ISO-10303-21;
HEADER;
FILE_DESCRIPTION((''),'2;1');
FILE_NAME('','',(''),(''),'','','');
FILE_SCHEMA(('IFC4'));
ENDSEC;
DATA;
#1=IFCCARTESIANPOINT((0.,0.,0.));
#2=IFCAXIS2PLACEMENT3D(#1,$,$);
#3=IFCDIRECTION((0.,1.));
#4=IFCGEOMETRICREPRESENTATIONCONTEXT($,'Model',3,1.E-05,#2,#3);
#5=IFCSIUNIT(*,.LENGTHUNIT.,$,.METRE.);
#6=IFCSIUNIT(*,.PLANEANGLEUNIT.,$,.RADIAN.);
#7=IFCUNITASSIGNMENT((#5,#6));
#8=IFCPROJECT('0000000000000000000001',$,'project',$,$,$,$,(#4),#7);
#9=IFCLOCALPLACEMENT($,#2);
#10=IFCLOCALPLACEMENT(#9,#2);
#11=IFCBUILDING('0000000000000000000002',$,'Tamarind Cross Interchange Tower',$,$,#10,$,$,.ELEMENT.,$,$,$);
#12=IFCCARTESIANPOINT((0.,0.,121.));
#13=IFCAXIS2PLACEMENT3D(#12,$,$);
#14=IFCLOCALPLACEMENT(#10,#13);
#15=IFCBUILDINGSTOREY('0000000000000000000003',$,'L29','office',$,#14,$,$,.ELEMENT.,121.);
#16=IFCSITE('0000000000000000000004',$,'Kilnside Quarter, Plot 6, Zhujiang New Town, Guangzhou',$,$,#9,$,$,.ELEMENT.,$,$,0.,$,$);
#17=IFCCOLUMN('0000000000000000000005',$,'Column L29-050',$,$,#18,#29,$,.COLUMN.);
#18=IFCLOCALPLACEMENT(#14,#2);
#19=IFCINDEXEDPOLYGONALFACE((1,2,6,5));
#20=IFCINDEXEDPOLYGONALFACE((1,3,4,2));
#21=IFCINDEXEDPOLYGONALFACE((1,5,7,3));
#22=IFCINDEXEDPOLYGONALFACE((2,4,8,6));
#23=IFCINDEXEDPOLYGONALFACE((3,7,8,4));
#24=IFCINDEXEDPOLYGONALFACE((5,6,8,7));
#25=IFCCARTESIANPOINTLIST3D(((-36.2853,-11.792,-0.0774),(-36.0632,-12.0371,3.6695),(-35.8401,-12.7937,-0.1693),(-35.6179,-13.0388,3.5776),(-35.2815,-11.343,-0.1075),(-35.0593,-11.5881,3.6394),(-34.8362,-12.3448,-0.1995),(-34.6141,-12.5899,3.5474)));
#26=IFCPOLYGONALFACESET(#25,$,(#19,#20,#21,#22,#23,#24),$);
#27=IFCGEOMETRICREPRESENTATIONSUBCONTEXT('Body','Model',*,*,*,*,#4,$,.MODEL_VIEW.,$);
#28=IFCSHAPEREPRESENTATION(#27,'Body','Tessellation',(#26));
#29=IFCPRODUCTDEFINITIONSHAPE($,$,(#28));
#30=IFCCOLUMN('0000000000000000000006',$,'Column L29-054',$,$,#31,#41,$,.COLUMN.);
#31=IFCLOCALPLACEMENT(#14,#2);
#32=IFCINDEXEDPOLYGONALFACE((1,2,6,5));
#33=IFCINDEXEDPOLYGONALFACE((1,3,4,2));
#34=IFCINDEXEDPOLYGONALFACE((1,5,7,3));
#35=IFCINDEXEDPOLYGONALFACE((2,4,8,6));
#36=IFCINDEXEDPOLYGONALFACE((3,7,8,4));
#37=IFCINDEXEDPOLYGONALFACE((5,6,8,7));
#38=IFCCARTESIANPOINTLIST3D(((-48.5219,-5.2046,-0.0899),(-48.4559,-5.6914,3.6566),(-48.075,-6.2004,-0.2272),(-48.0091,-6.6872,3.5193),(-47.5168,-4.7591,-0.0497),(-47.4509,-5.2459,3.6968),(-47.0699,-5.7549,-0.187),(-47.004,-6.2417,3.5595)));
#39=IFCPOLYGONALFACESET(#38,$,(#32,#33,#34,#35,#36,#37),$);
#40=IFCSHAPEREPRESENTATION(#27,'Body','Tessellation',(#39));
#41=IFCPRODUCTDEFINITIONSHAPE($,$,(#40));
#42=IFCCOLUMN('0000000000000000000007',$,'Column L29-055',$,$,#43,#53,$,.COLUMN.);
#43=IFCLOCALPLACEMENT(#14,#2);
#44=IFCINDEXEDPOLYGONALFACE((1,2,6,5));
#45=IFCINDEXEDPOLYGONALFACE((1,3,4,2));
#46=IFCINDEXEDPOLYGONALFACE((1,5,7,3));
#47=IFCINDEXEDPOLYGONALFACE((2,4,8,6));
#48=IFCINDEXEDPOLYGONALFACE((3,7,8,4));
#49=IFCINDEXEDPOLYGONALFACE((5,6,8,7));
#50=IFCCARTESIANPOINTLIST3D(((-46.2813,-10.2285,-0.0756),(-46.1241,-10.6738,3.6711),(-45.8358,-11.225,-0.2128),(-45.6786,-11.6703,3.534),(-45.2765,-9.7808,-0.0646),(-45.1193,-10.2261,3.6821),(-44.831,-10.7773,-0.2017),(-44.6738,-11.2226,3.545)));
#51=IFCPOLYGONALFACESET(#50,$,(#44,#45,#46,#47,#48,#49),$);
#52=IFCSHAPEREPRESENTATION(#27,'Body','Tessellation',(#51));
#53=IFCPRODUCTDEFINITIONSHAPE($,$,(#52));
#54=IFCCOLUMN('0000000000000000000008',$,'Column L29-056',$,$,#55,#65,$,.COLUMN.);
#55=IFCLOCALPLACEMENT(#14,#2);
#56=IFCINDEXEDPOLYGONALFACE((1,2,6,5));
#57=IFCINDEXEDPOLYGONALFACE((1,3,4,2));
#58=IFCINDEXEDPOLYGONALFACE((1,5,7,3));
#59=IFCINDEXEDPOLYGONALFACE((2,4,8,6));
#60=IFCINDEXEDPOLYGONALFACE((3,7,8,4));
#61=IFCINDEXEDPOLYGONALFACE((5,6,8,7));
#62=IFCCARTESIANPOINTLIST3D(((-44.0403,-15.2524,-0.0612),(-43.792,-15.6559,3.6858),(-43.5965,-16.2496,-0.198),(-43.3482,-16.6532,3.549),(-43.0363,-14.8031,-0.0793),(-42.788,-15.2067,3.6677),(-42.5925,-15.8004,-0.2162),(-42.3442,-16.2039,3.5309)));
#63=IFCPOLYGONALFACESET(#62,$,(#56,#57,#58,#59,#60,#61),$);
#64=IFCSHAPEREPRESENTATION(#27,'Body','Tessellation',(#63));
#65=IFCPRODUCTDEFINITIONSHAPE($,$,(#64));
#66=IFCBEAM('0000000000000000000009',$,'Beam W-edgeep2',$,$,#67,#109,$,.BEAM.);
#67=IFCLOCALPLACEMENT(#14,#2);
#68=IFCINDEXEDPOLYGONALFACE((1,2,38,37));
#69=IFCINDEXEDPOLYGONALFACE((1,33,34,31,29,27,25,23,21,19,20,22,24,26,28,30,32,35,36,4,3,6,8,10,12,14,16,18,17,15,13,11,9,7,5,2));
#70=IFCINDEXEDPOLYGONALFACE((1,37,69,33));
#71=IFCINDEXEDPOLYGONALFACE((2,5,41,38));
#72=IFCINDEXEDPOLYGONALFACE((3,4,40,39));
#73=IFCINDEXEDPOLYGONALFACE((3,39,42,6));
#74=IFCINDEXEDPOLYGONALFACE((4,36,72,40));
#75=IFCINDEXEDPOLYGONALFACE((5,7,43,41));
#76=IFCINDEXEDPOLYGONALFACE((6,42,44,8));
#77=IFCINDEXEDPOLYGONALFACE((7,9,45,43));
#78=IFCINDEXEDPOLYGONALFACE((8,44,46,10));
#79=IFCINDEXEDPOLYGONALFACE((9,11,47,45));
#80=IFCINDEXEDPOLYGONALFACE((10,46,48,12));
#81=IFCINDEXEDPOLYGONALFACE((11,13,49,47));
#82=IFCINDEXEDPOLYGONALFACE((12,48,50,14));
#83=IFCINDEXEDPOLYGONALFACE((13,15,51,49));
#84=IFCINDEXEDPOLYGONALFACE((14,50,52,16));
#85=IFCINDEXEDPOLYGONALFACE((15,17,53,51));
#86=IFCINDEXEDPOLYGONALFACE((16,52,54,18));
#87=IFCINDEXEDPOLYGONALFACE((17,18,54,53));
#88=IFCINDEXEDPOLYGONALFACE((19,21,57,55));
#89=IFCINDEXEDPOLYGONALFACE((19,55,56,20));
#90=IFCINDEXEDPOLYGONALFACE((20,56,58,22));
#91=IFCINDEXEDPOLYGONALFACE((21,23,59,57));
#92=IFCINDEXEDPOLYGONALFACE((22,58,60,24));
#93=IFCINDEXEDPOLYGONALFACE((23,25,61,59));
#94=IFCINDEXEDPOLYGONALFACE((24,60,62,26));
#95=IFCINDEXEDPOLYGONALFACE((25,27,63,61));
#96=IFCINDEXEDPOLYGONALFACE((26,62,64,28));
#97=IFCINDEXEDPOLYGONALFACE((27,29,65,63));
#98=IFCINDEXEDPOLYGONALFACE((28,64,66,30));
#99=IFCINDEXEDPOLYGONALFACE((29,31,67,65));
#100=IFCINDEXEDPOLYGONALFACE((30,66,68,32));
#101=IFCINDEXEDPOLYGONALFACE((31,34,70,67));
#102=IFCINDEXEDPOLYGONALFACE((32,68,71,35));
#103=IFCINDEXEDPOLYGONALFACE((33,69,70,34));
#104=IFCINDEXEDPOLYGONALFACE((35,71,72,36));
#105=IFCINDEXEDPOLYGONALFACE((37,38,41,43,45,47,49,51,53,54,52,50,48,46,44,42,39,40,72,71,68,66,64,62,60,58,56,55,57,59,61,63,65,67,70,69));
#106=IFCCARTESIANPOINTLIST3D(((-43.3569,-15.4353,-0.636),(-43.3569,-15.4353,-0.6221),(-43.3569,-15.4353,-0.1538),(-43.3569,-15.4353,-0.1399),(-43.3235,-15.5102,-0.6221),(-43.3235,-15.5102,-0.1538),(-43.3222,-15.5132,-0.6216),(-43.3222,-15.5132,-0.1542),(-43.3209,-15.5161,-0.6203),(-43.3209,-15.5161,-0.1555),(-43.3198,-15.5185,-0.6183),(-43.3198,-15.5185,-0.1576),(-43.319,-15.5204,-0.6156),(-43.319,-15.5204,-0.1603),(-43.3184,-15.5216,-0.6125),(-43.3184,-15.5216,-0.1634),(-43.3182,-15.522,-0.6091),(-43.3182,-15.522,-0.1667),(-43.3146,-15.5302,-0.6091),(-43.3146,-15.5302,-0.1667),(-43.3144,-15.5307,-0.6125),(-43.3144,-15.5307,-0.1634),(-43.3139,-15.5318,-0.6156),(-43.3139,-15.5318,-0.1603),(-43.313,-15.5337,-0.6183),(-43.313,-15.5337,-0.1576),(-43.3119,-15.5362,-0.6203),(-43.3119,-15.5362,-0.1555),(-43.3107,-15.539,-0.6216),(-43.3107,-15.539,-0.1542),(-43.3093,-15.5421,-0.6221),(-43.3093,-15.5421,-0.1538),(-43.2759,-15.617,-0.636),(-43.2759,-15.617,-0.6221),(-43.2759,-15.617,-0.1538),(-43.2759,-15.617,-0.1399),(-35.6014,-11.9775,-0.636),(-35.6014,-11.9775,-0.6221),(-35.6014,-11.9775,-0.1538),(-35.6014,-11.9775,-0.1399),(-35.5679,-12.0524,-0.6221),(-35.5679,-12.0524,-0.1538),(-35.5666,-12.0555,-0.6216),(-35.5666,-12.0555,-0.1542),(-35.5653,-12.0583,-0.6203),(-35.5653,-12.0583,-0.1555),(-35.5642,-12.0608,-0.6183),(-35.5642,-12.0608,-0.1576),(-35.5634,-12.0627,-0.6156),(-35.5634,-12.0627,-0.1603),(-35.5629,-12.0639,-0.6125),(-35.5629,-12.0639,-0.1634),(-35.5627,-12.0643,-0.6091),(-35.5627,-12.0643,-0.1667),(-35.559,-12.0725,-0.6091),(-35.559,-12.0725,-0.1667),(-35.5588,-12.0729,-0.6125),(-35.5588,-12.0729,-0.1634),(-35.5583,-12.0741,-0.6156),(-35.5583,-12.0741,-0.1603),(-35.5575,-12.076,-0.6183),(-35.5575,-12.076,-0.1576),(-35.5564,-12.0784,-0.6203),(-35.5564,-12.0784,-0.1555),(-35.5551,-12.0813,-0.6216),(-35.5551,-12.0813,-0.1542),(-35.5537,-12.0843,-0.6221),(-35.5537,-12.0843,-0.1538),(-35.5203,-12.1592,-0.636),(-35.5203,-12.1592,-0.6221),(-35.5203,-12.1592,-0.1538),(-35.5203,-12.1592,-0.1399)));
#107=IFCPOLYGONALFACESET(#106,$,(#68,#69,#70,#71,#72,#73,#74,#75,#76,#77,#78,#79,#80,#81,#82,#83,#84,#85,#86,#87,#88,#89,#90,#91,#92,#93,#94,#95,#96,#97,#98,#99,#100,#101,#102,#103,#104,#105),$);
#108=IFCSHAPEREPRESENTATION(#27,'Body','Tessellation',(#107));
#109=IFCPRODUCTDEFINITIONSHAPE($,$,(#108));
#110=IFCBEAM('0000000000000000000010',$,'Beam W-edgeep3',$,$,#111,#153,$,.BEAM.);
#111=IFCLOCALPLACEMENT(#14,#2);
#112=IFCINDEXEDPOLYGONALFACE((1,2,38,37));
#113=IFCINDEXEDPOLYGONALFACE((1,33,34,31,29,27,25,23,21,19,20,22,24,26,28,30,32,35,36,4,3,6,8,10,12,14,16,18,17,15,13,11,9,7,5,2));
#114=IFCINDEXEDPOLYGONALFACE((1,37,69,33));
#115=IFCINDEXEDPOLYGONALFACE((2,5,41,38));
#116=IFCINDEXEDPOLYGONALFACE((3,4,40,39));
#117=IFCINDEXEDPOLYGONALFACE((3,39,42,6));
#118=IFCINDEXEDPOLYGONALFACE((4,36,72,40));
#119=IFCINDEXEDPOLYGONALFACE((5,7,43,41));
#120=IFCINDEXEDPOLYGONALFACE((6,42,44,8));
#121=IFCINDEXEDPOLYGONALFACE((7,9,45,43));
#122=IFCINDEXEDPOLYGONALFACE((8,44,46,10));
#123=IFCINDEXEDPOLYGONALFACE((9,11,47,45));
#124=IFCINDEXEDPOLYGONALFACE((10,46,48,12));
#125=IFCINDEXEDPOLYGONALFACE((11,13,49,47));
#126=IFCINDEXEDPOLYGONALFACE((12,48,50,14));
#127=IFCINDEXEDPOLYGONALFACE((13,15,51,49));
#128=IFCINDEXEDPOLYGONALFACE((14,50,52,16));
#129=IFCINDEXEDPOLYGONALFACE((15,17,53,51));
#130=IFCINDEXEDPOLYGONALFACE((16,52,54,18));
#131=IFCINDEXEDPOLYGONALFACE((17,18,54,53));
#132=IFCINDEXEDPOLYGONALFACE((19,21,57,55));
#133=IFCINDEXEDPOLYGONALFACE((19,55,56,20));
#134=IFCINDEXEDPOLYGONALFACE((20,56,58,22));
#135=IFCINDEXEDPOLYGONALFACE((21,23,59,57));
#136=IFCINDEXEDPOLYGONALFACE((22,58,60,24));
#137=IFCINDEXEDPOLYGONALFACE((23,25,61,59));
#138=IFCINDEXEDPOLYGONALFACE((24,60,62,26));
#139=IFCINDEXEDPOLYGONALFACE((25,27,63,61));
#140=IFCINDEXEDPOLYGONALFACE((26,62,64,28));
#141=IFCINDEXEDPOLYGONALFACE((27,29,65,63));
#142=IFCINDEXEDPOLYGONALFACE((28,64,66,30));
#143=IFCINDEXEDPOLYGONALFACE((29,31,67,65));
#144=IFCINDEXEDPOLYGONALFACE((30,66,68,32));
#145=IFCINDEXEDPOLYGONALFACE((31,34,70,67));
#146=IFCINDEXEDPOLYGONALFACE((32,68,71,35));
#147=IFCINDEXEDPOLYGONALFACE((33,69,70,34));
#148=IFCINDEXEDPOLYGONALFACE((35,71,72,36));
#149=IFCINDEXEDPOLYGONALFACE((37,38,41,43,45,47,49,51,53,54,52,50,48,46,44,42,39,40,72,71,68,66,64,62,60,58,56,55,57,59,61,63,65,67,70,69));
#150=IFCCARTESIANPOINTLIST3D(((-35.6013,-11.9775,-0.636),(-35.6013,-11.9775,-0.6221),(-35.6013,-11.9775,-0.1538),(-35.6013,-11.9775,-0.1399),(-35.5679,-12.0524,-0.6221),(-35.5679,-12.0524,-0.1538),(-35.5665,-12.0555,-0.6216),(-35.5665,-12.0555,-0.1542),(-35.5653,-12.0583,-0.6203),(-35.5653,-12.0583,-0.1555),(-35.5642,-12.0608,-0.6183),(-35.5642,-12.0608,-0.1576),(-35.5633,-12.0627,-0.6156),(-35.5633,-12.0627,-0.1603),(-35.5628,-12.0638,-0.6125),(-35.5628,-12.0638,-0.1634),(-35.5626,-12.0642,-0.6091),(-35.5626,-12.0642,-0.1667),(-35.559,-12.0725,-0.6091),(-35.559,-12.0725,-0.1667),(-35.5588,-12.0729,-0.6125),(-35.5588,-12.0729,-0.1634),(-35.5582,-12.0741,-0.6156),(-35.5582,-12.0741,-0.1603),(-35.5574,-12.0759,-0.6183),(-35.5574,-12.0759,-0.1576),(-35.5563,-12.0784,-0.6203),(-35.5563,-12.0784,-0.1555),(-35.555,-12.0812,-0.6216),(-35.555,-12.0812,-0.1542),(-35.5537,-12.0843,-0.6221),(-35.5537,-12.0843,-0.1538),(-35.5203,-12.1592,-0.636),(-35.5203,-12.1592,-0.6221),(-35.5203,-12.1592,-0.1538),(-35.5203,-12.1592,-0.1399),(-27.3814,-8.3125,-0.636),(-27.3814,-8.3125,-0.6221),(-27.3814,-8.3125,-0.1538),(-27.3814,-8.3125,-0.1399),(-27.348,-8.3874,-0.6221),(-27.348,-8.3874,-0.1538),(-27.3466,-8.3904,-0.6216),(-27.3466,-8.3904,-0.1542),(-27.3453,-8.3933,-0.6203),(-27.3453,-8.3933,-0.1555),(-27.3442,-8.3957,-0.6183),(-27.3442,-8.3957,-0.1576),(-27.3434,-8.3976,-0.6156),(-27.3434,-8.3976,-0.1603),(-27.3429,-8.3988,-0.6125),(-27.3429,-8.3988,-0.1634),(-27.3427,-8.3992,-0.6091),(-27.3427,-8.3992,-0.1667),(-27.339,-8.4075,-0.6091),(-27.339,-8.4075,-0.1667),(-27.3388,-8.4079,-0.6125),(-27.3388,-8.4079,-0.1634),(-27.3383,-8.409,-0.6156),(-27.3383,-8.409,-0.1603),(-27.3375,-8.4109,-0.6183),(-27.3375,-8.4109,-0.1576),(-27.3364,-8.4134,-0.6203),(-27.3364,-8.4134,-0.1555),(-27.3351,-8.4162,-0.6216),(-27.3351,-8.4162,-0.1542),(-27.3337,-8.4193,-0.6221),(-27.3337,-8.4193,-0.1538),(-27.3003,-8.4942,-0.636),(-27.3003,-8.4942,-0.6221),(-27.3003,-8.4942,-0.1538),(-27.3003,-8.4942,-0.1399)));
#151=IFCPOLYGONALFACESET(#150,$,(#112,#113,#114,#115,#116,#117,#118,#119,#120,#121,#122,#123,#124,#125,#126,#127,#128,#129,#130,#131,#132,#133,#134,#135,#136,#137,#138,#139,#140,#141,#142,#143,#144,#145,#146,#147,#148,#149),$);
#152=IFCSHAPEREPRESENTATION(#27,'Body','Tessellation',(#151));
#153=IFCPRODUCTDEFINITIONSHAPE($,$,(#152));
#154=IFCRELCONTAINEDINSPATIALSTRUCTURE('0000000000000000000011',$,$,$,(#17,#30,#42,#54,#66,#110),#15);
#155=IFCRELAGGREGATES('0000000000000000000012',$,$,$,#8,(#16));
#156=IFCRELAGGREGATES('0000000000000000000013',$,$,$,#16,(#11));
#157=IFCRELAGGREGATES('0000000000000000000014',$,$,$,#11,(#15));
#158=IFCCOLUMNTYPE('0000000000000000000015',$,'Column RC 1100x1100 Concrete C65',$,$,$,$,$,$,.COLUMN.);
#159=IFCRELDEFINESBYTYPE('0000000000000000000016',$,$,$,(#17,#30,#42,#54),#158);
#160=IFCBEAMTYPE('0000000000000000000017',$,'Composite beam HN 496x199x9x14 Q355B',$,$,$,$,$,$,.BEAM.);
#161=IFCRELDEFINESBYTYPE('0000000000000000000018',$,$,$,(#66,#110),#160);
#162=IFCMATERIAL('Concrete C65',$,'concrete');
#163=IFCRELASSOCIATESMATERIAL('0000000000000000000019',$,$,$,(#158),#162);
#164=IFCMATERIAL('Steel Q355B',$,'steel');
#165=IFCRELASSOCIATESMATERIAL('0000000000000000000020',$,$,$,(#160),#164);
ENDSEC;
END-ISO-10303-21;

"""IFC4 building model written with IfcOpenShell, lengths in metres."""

from ifc_helpers import new_model, si_unit, direction, frame, origin, origin_2d, place, context, subcontext, project, spatial, rectangle, i_section, extrude, material, material_profile, profile_set, type_object, element, save


model = new_model("IFC4")

# Units and contexts
model_context = context("Model", 3, precision=1e-05, world=origin(), true_north=direction((0.0, 1.0)))
body_context = subcontext(model_context, "Body", "Model", "MODEL_VIEW")
ifc_project = project(units=[si_unit("LENGTHUNIT", "METRE"), si_unit("PLANEANGLEUNIT", "RADIAN")], contexts=[model_context])

# Site, building, storey
site_placement = place(None, origin())
site = spatial("IfcSite", under=ifc_project, at=site_placement, Name="Kilnside Quarter, Plot 6, Zhujiang New Town, Guangzhou", CompositionType="ELEMENT", RefElevation=0.0)
building_placement = place(site_placement, origin())
building = spatial("IfcBuilding", under=site, at=building_placement, Name="Tamarind Cross Interchange Tower", CompositionType="ELEMENT")
storey_placement = place(building_placement, frame((0.0, 0.0, 121.0)))
storey = spatial("IfcBuildingStorey", under=building, at=storey_placement, Name="L29", Description="office", CompositionType="ELEMENT", Elevation=121.0)

# Columns
ifc_material_1 = material(Name="Concrete C65", Category="concrete")
ifc_material_profile_1 = material_profile(ifc_material_1, rectangle(XDim=1.1001, YDim=1.1001, at=origin_2d()), Name="RC 1100x1100")
ifc_profile_set_1 = profile_set([ifc_material_profile_1], Name="Concrete C65")
column_type = type_object("IfcColumnType", Name="Column RC 1100x1100 Concrete C65", PredefinedType="COLUMN", material=ifc_profile_set_1)
column_1_placement = place(storey_placement, frame((-35.5608, -12.0684, -0.1384), z_axis=(0.059065, -0.065166, 0.996125), x_axis=(-0.404734, 0.910608, 0.083571)))
element("IfcColumn", 1, at=column_1_placement, inside=storey, type_object=column_type, Name="Column L29-050", PredefinedType="COLUMN", context=body_context, shape_type="SweptSolid", body=[
    extrude(rectangle(XDim=1.1001, YDim=1.1001, at=origin_2d()), origin(), (0.0, 0.0, 1.0), 3.7615),
])
column_2_placement = place(storey_placement, frame((-47.7959, -5.4797, -0.1384), z_axis=(0.017445, -0.128833, 0.991513), x_axis=(0.913615, 0.404936, 0.036541)))
element("IfcColumn", 2, at=column_2_placement, inside=storey, type_object=column_type, Name="Column L29-054", PredefinedType="COLUMN", context=body_context, shape_type="SweptSolid", body=[
    extrude(rectangle(XDim=1.1001, YDim=1.1001, at=origin_2d()), origin(), (0.0, 0.0, 1.0), 3.7786),
])
column_3_placement = place(storey_placement, frame((-45.5562, -10.5029, -0.1387), z_axis=(0.041633, -0.117918, 0.99215), x_axis=(0.913389, 0.406963, 0.01004)))
element("IfcColumn", 3, at=column_3_placement, inside=storey, type_object=column_type, Name="Column L29-055", PredefinedType="COLUMN", context=body_context, shape_type="SweptSolid", body=[
    extrude(rectangle(XDim=1.1001, YDim=1.1001, at=origin_2d()), origin(), (0.0, 0.0, 1.0), 3.7764),
])
column_4_placement = place(storey_placement, frame((-43.3164, -15.5264, -0.1387), z_axis=(0.065739, -0.10685, 0.992099), x_axis=(-0.403391, 0.906537, 0.124365)))
element("IfcColumn", 4, at=column_4_placement, inside=storey, type_object=column_type, Name="Column L29-056", PredefinedType="COLUMN", context=body_context, shape_type="SweptSolid", body=[
    extrude(rectangle(XDim=1.1001, YDim=1.1001, at=origin_2d()), origin(), (0.0, 0.0, 1.0), 3.7769),
])

# Beams
ifc_material_2 = material(Name="Steel Q355B", Category="steel")
ifc_material_profile_2 = material_profile(ifc_material_2, i_section(OverallWidth=0.199, OverallDepth=0.4961, WebThickness=0.009, FlangeThickness=0.0139, FilletRadius=0.0129, at=origin_2d()), Name="HN 496x199x9x14")
ifc_profile_set_2 = profile_set([ifc_material_profile_2], Name="Steel Q355B")
beam_type_1 = type_object("IfcBeamType", Name="Composite beam HN 496x199x9x14 Q355B", PredefinedType="BEAM", material=ifc_profile_set_2)
beam_1_placement = place(storey_placement, frame((-43.3164, -15.5261, -0.3879), z_axis=(0.913338, 0.407203, 0.0), x_axis=(-0.407203, 0.913338, 0.0)))
element("IfcBeam", 5, at=beam_1_placement, inside=storey, type_object=beam_type_1, Name="Beam W-edgeep2", PredefinedType="BEAM", context=body_context, shape_type="SweptSolid", body=[
    extrude(i_section(OverallWidth=0.199, OverallDepth=0.4961, WebThickness=0.009, FlangeThickness=0.0139, FilletRadius=0.0129, at=origin_2d()), origin(), (0.0, 0.0, 1.0), 8.4915),
])
beam_2_placement = place(storey_placement, frame((-35.5608, -12.0684, -0.3879), z_axis=(0.913328, 0.407225, 0.0), x_axis=(-0.407225, 0.913328, 0.0)))
element("IfcBeam", 6, at=beam_2_placement, inside=storey, type_object=beam_type_1, Name="Beam W-edgeep3", PredefinedType="BEAM", context=body_context, shape_type="SweptSolid", body=[
    extrude(i_section(OverallWidth=0.199, OverallDepth=0.4961, WebThickness=0.009, FlangeThickness=0.0139, FilletRadius=0.0129, at=origin_2d()), origin(), (0.0, 0.0, 1.0), 9.0),
])

save(model, "model.ifc")
